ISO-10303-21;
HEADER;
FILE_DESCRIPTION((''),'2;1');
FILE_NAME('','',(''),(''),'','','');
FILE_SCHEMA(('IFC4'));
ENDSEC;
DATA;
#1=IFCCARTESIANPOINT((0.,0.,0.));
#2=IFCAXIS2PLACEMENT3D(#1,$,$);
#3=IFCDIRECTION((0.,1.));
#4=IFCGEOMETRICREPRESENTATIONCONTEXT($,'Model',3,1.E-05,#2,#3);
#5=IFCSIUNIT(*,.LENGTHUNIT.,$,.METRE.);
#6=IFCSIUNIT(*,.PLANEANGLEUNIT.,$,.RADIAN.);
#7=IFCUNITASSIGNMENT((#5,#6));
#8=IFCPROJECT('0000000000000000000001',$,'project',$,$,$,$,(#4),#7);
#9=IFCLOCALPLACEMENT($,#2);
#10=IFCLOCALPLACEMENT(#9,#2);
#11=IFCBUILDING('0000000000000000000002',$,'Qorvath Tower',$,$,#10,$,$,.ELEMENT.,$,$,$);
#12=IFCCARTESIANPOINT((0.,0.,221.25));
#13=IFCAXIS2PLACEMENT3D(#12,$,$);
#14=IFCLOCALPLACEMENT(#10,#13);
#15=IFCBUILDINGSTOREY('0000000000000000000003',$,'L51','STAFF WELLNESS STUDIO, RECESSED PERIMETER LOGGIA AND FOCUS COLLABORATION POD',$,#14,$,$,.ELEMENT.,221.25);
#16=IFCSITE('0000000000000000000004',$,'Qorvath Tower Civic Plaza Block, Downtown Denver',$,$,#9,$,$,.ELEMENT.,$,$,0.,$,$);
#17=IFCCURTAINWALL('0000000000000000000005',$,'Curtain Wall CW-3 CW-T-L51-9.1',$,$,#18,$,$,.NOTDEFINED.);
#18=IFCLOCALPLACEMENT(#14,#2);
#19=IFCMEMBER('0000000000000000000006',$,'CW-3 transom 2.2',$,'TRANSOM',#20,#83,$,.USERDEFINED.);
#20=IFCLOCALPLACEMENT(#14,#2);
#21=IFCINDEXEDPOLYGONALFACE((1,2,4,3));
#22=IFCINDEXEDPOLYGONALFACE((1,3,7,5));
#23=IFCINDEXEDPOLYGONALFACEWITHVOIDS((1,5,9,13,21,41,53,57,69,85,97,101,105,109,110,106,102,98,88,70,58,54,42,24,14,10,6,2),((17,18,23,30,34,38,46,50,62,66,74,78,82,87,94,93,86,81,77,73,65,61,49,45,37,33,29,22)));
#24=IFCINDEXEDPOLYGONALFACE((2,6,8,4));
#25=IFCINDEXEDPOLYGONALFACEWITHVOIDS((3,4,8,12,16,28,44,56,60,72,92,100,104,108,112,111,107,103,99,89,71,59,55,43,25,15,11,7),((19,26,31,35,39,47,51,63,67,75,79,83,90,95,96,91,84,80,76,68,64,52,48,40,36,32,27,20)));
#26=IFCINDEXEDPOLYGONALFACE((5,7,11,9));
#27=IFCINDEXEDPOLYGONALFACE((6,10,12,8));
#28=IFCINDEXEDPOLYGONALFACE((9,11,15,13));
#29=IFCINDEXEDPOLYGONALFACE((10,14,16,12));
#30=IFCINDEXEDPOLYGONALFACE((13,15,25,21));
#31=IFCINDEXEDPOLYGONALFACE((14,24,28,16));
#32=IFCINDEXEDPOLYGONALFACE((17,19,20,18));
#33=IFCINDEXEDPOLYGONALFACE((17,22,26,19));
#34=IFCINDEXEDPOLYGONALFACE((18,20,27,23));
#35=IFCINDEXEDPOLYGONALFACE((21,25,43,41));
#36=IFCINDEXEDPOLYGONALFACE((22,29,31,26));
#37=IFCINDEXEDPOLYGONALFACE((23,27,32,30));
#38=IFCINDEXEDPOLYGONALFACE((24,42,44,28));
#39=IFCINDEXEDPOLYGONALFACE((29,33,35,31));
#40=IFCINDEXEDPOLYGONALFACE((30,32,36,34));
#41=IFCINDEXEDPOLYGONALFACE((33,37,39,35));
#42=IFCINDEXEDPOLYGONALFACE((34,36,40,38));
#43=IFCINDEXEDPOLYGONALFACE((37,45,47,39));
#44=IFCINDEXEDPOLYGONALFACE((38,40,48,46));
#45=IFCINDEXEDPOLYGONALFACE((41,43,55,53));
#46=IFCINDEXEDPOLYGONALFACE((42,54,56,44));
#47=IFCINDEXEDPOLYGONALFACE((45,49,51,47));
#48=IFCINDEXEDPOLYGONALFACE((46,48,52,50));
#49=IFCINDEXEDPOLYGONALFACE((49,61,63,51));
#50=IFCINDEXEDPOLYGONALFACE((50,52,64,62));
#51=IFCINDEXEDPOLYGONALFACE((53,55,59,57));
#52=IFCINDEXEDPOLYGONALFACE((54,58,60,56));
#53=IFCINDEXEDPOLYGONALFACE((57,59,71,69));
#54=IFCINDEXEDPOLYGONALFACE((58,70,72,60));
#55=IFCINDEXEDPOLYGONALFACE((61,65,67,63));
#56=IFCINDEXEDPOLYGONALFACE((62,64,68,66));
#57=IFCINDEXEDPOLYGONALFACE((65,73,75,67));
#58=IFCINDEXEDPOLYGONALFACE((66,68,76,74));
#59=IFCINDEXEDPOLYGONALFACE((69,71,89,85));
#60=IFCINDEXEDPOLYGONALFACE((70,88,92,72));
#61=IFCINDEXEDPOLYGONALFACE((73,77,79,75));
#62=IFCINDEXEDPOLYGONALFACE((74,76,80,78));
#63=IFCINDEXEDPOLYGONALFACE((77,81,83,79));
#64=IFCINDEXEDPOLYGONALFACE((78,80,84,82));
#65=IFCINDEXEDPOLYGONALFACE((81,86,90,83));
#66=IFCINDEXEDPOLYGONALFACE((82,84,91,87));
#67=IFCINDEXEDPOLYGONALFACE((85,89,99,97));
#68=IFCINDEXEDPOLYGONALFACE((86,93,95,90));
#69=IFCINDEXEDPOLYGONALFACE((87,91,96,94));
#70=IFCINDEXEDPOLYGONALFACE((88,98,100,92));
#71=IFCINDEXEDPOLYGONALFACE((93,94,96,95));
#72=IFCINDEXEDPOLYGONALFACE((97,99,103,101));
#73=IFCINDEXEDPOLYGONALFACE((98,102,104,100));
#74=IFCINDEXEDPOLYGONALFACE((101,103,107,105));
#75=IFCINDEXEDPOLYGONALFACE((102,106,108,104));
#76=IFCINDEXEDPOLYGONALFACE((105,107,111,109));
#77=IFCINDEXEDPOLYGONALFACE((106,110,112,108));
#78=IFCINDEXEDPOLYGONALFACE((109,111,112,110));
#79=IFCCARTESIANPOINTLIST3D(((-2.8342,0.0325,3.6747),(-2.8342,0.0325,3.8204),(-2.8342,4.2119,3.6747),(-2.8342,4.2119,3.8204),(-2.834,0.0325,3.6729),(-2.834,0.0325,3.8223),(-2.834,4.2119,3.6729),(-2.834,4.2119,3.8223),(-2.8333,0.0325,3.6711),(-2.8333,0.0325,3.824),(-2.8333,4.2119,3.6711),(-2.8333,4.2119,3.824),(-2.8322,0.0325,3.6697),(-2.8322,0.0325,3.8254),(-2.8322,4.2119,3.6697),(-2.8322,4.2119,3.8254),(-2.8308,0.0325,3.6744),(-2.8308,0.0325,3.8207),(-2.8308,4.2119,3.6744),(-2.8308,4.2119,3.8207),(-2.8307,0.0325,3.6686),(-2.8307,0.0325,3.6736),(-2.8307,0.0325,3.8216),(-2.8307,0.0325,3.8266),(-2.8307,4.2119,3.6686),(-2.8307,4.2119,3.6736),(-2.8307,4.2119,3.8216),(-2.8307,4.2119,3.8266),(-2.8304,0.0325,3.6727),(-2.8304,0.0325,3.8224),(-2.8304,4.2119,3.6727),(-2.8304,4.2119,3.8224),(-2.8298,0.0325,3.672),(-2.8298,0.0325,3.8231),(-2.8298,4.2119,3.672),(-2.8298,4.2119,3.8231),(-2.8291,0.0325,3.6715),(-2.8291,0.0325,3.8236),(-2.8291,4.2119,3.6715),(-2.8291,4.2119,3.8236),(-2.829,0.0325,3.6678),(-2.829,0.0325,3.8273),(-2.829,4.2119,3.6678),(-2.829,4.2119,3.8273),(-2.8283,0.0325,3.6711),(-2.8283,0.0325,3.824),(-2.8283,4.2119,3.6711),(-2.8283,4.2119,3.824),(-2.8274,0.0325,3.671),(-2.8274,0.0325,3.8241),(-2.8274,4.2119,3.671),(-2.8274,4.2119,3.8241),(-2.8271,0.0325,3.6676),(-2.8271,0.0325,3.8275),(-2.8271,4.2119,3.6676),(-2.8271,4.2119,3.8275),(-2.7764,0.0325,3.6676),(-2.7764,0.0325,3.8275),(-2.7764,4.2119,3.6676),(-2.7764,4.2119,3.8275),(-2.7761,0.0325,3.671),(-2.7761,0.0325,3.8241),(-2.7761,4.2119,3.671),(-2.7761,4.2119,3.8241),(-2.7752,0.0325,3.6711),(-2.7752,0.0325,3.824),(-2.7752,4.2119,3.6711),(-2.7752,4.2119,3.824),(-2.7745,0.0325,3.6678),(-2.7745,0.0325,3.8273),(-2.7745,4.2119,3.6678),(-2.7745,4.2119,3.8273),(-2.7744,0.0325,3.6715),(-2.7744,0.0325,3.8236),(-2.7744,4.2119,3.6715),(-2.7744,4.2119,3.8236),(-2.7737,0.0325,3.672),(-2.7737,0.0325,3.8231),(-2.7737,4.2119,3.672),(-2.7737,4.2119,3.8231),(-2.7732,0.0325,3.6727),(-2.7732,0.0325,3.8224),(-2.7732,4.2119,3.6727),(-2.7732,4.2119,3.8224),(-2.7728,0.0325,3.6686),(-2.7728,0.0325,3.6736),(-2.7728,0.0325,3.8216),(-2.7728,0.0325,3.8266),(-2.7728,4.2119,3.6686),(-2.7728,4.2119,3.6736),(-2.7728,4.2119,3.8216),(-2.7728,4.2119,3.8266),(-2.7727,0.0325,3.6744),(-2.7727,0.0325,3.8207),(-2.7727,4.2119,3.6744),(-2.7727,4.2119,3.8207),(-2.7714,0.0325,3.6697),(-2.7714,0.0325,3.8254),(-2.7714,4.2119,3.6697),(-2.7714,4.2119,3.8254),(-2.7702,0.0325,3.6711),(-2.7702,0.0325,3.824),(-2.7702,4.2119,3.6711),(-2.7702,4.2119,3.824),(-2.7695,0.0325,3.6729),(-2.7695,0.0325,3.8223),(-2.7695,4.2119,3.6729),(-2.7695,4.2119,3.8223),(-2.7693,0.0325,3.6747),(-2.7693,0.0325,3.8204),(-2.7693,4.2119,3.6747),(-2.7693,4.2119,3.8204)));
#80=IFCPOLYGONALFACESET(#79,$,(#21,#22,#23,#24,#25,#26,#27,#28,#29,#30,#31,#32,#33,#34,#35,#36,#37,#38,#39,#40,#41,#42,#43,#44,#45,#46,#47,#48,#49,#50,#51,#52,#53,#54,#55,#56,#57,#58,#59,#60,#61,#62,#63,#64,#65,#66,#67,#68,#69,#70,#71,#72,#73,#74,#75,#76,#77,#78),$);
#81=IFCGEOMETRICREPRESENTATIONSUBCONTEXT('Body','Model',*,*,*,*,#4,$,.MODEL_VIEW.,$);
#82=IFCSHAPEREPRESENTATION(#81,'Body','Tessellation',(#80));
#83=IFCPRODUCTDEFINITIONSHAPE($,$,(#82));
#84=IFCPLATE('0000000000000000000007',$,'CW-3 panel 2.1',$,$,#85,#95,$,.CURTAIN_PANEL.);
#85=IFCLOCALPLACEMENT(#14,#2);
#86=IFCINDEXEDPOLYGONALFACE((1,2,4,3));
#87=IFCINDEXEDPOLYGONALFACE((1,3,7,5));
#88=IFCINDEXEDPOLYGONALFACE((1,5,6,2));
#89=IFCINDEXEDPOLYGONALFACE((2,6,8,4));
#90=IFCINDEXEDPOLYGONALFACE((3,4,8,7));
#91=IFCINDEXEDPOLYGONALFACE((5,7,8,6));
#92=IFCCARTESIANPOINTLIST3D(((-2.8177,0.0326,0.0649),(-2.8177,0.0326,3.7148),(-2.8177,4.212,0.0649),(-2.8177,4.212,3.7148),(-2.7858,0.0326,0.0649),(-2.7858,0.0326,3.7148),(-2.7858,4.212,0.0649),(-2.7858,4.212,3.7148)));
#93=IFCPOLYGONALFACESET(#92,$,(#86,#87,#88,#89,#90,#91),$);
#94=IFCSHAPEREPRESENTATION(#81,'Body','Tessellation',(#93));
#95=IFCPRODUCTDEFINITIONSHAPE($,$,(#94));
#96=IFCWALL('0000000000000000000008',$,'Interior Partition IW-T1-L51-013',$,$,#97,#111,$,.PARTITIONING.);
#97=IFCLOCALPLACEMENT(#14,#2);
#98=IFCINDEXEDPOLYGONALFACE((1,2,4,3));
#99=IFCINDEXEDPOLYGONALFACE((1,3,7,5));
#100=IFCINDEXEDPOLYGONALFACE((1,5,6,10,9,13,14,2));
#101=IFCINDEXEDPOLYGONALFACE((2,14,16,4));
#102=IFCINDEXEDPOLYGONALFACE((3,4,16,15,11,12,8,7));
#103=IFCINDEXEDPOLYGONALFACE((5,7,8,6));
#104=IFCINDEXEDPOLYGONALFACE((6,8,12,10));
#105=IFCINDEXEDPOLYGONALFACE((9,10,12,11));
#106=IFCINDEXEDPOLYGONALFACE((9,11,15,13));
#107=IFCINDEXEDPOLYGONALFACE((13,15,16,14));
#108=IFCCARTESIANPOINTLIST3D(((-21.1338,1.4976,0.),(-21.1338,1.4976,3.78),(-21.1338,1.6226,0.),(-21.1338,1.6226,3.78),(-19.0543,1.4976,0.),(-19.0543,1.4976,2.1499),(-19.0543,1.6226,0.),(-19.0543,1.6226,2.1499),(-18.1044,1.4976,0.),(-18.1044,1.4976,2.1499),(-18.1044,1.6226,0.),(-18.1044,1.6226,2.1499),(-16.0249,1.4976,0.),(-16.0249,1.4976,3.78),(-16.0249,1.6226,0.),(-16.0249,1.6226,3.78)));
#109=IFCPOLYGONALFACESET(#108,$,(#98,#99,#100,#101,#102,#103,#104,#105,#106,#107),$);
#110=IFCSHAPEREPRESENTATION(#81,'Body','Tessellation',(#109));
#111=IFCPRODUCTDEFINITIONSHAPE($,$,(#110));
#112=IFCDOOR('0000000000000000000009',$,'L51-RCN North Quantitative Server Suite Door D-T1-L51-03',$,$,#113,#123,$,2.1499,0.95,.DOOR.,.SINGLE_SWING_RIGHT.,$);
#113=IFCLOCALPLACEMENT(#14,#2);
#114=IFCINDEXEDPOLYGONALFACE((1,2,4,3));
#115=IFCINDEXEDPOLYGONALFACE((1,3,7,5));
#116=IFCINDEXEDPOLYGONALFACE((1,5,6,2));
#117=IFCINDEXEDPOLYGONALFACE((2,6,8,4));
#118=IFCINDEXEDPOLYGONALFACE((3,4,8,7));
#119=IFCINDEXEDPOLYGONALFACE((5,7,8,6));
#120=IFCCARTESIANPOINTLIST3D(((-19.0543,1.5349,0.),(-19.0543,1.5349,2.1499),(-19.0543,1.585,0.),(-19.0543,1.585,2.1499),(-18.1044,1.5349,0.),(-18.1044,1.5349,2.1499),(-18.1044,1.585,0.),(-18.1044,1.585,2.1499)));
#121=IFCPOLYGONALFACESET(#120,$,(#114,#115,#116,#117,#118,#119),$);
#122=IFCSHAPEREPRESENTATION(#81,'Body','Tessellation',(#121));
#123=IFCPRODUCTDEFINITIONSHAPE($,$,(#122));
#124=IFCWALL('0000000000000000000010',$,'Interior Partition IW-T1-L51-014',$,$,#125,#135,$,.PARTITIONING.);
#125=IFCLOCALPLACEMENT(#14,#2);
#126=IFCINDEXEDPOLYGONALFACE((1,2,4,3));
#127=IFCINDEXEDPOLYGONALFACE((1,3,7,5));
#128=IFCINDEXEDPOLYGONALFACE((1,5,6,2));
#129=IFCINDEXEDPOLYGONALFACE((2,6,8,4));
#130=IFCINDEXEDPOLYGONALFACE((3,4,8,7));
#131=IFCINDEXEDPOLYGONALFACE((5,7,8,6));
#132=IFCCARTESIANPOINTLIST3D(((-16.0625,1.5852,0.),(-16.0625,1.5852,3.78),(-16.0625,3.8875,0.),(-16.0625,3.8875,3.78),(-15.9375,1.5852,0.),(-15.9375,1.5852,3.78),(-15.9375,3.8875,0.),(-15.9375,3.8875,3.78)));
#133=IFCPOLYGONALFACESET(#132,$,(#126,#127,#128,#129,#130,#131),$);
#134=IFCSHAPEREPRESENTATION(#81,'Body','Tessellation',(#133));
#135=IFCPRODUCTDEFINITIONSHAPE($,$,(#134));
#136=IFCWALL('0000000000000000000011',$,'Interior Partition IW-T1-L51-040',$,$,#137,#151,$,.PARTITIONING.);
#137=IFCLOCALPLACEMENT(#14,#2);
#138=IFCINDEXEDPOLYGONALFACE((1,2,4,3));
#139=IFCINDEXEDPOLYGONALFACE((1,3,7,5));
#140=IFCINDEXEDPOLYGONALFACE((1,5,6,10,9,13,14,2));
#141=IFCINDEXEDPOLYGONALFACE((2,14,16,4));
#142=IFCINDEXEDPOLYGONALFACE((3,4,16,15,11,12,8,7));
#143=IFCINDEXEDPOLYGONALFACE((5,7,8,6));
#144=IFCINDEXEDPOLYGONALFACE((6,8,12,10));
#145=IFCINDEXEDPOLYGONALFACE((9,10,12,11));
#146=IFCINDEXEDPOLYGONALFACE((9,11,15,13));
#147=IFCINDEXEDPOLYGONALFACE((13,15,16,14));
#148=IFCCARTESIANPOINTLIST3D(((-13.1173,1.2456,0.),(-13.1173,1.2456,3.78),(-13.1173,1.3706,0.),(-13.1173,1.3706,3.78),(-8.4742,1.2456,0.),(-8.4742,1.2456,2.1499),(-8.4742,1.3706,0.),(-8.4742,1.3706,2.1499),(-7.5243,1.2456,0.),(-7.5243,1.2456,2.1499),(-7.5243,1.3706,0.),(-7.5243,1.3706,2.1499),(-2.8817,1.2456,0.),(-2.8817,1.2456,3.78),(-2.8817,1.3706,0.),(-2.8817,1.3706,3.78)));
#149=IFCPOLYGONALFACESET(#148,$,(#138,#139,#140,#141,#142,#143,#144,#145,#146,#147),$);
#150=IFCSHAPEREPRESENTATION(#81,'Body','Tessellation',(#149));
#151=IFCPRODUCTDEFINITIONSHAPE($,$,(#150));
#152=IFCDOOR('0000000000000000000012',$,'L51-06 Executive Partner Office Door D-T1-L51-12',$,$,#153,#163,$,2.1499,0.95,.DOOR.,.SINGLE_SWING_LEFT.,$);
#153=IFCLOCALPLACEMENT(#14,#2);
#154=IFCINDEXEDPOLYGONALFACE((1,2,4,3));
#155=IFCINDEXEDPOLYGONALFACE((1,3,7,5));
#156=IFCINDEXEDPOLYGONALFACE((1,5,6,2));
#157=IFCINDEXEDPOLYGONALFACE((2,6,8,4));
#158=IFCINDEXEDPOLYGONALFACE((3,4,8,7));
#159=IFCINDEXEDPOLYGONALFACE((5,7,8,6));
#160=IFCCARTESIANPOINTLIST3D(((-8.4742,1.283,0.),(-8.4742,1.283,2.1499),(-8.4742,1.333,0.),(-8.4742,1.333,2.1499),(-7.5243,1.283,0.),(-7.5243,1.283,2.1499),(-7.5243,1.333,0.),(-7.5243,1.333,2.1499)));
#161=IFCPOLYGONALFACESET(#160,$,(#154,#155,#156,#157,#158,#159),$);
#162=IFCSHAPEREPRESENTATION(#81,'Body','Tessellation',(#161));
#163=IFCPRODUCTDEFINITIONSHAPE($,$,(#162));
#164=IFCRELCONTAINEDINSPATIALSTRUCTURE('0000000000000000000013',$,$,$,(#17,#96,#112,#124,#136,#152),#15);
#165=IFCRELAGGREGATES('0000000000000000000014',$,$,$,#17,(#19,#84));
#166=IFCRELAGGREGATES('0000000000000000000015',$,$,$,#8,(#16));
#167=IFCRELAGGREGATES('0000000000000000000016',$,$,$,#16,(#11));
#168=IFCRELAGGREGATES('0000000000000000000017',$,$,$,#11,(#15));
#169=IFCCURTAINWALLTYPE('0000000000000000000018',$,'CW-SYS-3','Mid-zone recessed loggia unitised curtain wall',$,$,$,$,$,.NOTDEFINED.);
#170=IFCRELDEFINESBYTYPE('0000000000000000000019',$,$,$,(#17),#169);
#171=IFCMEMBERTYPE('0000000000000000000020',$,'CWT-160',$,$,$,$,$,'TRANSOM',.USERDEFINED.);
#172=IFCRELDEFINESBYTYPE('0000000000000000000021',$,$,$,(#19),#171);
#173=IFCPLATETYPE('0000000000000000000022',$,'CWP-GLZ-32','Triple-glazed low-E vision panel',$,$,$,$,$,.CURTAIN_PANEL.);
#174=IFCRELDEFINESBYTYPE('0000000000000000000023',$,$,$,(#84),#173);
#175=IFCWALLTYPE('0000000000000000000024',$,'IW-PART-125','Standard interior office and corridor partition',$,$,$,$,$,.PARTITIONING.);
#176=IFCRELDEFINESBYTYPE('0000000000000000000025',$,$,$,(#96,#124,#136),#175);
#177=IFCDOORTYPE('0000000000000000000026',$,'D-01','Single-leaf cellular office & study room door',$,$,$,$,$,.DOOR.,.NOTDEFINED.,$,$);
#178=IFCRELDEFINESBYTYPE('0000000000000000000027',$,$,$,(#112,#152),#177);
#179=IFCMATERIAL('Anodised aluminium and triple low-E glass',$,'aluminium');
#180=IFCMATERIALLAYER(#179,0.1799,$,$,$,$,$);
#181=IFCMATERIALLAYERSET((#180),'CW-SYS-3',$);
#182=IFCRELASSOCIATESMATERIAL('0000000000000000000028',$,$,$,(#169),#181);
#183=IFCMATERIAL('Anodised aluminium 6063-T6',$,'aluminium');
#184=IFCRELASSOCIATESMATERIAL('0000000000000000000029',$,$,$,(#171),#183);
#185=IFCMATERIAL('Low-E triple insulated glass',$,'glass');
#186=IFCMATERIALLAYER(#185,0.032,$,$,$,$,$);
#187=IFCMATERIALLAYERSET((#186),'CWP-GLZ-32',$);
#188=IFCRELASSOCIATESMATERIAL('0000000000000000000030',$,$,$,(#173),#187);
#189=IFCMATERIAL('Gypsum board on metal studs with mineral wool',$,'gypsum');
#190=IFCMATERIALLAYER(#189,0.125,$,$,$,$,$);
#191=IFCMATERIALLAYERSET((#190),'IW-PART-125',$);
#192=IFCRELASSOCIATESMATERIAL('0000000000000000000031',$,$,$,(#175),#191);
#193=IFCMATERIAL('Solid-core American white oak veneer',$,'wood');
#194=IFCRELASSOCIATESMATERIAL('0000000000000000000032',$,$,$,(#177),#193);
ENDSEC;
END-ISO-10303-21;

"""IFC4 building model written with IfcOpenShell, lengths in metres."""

from ifc_helpers import new_model, si_unit, direction, frame, frame_2d, origin, origin_2d, place, context, subcontext, project, spatial, rectangle, hollow_rectangle, extrude, material, layer, layer_set, material_profile, profile_set, type_object, element, fill, aggregate, save


model = new_model("IFC4")

# Units and contexts
model_context = context("Model", 3, precision=1e-05, world=origin(), true_north=direction((0.0, 1.0)))
body_context = subcontext(model_context, "Body", "Model", "MODEL_VIEW")
ifc_project = project(units=[si_unit("LENGTHUNIT", "METRE"), si_unit("PLANEANGLEUNIT", "RADIAN")], contexts=[model_context])

# Site, building, storey
site_placement = place(None, origin())
site = spatial("IfcSite", under=ifc_project, at=site_placement, Name="Qorvath Tower Civic Plaza Block, Downtown Denver", CompositionType="ELEMENT", RefElevation=0.0)
building_placement = place(site_placement, origin())
building = spatial("IfcBuilding", under=site, at=building_placement, Name="Qorvath Tower", CompositionType="ELEMENT")
storey_placement = place(building_placement, frame((0.0, 0.0, 221.25)))
storey = spatial("IfcBuildingStorey", under=building, at=storey_placement, Name="L51", Description="STAFF WELLNESS STUDIO, RECESSED PERIMETER LOGGIA AND FOCUS COLLABORATION POD", CompositionType="ELEMENT", Elevation=221.25)

# Curtain wall, member, plate
ifc_material_1 = material(Name="Anodised aluminium and triple low-E glass", Category="aluminium")
ifc_layer_1 = layer(ifc_material_1, 0.1799)
ifc_layer_set_1 = layer_set([ifc_layer_1], Name="CW-SYS-3")
curtain_wall_type = type_object("IfcCurtainWallType", Name="CW-SYS-3", Description="Mid-zone recessed loggia unitised curtain wall", PredefinedType="NOTDEFINED", material=ifc_layer_set_1)
curtain_wall_placement = place(storey_placement, origin())
curtain_wall = element("IfcCurtainWall", 1, at=curtain_wall_placement, inside=storey, type_object=curtain_wall_type, Name="Curtain Wall CW-3 CW-T-L51-9.1", PredefinedType="NOTDEFINED")
ifc_material_2 = material(Name="Anodised aluminium 6063-T6", Category="aluminium")
ifc_material_profile_1 = material_profile(ifc_material_2, hollow_rectangle(XDim=0.0649, YDim=0.1599, WallThickness=0.0034, InnerFilletRadius=0.0034, OuterFilletRadius=0.0071, at=origin_2d()), Name="CWT 160x65")
ifc_profile_set_1 = profile_set([ifc_material_profile_1], Name="Anodised aluminium 6063-T6")
member_type_1 = type_object("IfcMemberType", Name="CWT-160", ElementType="TRANSOM", PredefinedType="USERDEFINED", material=ifc_profile_set_1)
member_1_placement = place(storey_placement, frame((-2.8018, 0.0325, 3.7476), z_axis=(0.0, 1.0, 0.0), x_axis=(-1.0, 0.0, 0.0)))
member_1 = element("IfcMember", 2, at=member_1_placement, type_object=member_type_1, Name="CW-3 transom 2.2", ObjectType="TRANSOM", PredefinedType="USERDEFINED", context=body_context, shape_type="SweptSolid", body=[
    extrude(hollow_rectangle(XDim=0.0649, YDim=0.1599, WallThickness=0.0034, InnerFilletRadius=0.0034, OuterFilletRadius=0.0071, at=origin_2d()), origin(), (0.0, 0.0, 1.0), 4.1794),
])
ifc_material_3 = material(Name="Low-E triple insulated glass", Category="glass")
ifc_layer_2 = layer(ifc_material_3, 0.032)
ifc_layer_set_2 = layer_set([ifc_layer_2], Name="CWP-GLZ-32")
plate_type = type_object("IfcPlateType", Name="CWP-GLZ-32", Description="Triple-glazed low-E vision panel", PredefinedType="CURTAIN_PANEL", material=ifc_layer_set_2)
plate_placement = place(storey_placement, frame((-2.8018, 2.1223, 0.0649), z_axis=(0.0, 0.0, 1.0), x_axis=(0.0, 1.0, 0.0)))
plate = element("IfcPlate", 3, at=plate_placement, type_object=plate_type, Name="CW-3 panel 2.1", PredefinedType="CURTAIN_PANEL", context=body_context, shape_type="SweptSolid", body=[
    extrude(rectangle(XDim=4.1794, YDim=0.032, at=origin_2d()), origin(), (0.0, 0.0, 1.0), 3.6499),
])
aggregate(curtain_wall, [member_1, plate])

# Wall, opening, door
ifc_material_4 = material(Name="Gypsum board on metal studs with mineral wool", Category="gypsum")
ifc_layer_3 = layer(ifc_material_4, 0.125)
ifc_layer_set_3 = layer_set([ifc_layer_3], Name="IW-PART-125")
wall_type_1 = type_object("IfcWallType", Name="IW-PART-125", Description="Standard interior office and corridor partition", PredefinedType="PARTITIONING", material=ifc_layer_set_3)
wall_1_placement = place(storey_placement, frame((-21.1338, 1.5601, 0.0), z_axis=(0.0, 0.0, 1.0), x_axis=(1.0, 0.0, 0.0)))
wall_1 = element("IfcWall", 4, at=wall_1_placement, inside=storey, type_object=wall_type_1, Name="Interior Partition IW-T1-L51-013", PredefinedType="PARTITIONING", context=body_context, shape_type="SweptSolid", body=[
    extrude(rectangle(XDim=5.1089, YDim=0.125, at=frame_2d((2.5544, 0.0))), origin(), (0.0, 0.0, 1.0), 3.78),
])
opening_1_placement = place(wall_1_placement, frame((2.0793, 0.0, 0.0)))
opening_1 = element("IfcOpeningElement", 5, at=opening_1_placement, cuts=wall_1, PredefinedType="OPENING", context=body_context, shape_type="SweptSolid", body=[
    extrude(rectangle(XDim=0.95, YDim=2.1499, at=frame_2d((0.4751, 1.075))), frame((0.0, 0.0725, 0.0), z_axis=(0.0, -1.0, 0.0), x_axis=(1.0, 0.0, 0.0)), (0.0, 0.0, 1.0), 0.145),
])
ifc_material_5 = material(Name="Solid-core American white oak veneer", Category="wood")
door_type_1 = type_object("IfcDoorType", Name="D-01", Description="Single-leaf cellular office & study room door", OperationType="NOTDEFINED", PredefinedType="DOOR", material=ifc_material_5)
door_1_placement = place(opening_1_placement, origin())
door_1 = element("IfcDoor", 6, at=door_1_placement, inside=storey, type_object=door_type_1, Name="L51-RCN North Quantitative Server Suite Door D-T1-L51-03", OperationType="SINGLE_SWING_RIGHT", OverallHeight=2.1499, OverallWidth=0.95, PredefinedType="DOOR", context=body_context, shape_type="SweptSolid", body=[
    extrude(rectangle(XDim=0.95, YDim=2.1499, at=frame_2d((0.4751, 1.075))), frame((0.0, 0.0249, 0.0), z_axis=(0.0, -1.0, 0.0), x_axis=(1.0, 0.0, 0.0)), (0.0, 0.0, 1.0), 0.05),
])
fill(opening_1, door_1)

# Wall
wall_2_placement = place(storey_placement, frame((-16.0, 1.5852, 0.0), z_axis=(0.0, 0.0, 1.0), x_axis=(0.0, 1.0, 0.0)))
element("IfcWall", 7, at=wall_2_placement, inside=storey, type_object=wall_type_1, Name="Interior Partition IW-T1-L51-014", PredefinedType="PARTITIONING", context=body_context, shape_type="SweptSolid", body=[
    extrude(rectangle(XDim=2.3022, YDim=0.125, at=frame_2d((1.1511, 0.0))), origin(), (0.0, 0.0, 1.0), 3.78),
])

# Wall, opening, door
wall_3_placement = place(storey_placement, frame((-13.1172, 1.3081, 0.0), z_axis=(0.0, 0.0, 1.0), x_axis=(1.0, 0.0, 0.0)))
wall_3 = element("IfcWall", 8, at=wall_3_placement, inside=storey, type_object=wall_type_1, Name="Interior Partition IW-T1-L51-040", PredefinedType="PARTITIONING", context=body_context, shape_type="SweptSolid", body=[
    extrude(rectangle(XDim=10.2356, YDim=0.125, at=frame_2d((5.1177, 0.0))), origin(), (0.0, 0.0, 1.0), 3.78),
])
opening_2_placement = place(wall_3_placement, frame((4.6428, 0.0, 0.0)))
opening_2 = element("IfcOpeningElement", 9, at=opening_2_placement, cuts=wall_3, PredefinedType="OPENING", context=body_context, shape_type="SweptSolid", body=[
    extrude(rectangle(XDim=0.95, YDim=2.1499, at=frame_2d((0.4751, 1.075))), frame((0.0, 0.0725, 0.0), z_axis=(0.0, -1.0, 0.0), x_axis=(1.0, 0.0, 0.0)), (0.0, 0.0, 1.0), 0.145),
])
door_2_placement = place(opening_2_placement, origin())
door_2 = element("IfcDoor", 10, at=door_2_placement, inside=storey, type_object=door_type_1, Name="L51-06 Executive Partner Office Door D-T1-L51-12", OperationType="SINGLE_SWING_LEFT", OverallHeight=2.1499, OverallWidth=0.95, PredefinedType="DOOR", context=body_context, shape_type="SweptSolid", body=[
    extrude(rectangle(XDim=0.95, YDim=2.1499, at=frame_2d((0.4751, 1.075))), frame((0.0, 0.0249, 0.0), z_axis=(0.0, -1.0, 0.0), x_axis=(1.0, 0.0, 0.0)), (0.0, 0.0, 1.0), 0.05),
])
fill(opening_2, door_2)

save(model, "model.ifc")
